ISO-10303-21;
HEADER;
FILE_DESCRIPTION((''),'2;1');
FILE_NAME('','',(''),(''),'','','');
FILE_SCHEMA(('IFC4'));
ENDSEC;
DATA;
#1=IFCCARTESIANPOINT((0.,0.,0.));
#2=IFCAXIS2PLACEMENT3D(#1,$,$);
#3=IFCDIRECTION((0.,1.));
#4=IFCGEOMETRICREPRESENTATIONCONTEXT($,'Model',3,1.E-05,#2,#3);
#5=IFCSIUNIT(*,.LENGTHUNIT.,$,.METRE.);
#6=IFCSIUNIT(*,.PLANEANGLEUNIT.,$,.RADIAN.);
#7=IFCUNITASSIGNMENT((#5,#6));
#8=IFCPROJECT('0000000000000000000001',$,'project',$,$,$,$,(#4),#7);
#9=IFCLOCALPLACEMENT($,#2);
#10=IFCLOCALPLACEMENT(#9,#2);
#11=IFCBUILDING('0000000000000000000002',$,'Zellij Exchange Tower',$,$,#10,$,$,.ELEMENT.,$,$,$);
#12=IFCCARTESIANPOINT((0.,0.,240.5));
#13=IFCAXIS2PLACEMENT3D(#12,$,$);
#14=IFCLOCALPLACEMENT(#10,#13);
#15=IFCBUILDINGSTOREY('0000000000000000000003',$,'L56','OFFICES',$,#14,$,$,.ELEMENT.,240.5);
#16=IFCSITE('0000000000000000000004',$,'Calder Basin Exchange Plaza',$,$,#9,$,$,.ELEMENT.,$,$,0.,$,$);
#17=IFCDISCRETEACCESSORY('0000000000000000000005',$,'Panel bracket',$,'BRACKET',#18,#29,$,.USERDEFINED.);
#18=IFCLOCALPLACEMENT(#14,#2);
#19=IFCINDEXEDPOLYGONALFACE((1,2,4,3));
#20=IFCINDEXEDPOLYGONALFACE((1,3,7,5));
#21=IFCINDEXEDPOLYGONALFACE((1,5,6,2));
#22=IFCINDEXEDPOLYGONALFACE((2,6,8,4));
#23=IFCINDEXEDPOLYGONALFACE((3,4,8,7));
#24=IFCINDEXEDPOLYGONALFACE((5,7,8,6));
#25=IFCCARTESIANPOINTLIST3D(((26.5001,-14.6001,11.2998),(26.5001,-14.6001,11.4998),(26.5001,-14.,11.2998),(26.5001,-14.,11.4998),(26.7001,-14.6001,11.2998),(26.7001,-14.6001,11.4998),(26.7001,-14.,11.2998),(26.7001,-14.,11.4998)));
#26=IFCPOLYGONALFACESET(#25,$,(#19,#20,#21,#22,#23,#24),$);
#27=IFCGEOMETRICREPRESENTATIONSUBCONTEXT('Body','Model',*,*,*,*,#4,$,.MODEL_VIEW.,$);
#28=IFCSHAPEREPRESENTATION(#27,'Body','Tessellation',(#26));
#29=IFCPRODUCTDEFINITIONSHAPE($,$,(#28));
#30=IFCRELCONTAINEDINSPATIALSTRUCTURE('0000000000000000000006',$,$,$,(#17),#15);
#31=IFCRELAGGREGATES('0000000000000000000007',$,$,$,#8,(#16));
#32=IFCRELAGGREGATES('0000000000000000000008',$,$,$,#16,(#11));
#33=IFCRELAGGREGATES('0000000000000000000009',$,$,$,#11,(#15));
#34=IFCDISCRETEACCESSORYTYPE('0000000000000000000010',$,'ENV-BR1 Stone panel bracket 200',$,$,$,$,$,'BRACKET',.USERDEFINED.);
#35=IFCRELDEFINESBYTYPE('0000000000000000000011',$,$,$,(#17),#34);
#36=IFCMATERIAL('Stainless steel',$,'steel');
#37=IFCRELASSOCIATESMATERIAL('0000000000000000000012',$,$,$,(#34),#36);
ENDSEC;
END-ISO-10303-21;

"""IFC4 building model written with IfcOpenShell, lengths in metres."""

from ifc_helpers import new_model, si_unit, direction, frame, origin, origin_2d, place, context, subcontext, project, spatial, rectangle, extrude, material, type_object, element, save


model = new_model("IFC4")

# Units and contexts
model_context = context("Model", 3, precision=1e-05, world=origin(), true_north=direction((0.0, 1.0)))
body_context = subcontext(model_context, "Body", "Model", "MODEL_VIEW")
ifc_project = project(units=[si_unit("LENGTHUNIT", "METRE"), si_unit("PLANEANGLEUNIT", "RADIAN")], contexts=[model_context])

# Site, building, storey
site_placement = place(None, origin())
site = spatial("IfcSite", under=ifc_project, at=site_placement, Name="Calder Basin Exchange Plaza", CompositionType="ELEMENT", RefElevation=0.0)
building_placement = place(site_placement, origin())
building = spatial("IfcBuilding", under=site, at=building_placement, Name="Zellij Exchange Tower", CompositionType="ELEMENT")
storey_placement = place(building_placement, frame((0.0, 0.0, 240.5)))
storey = spatial("IfcBuildingStorey", under=building, at=storey_placement, Name="L56", Description="OFFICES", CompositionType="ELEMENT", Elevation=240.5)

# Discrete accessory
ifc_material_1 = material(Name="Stainless steel", Category="steel")
discrete_accessory_type = type_object("IfcDiscreteAccessoryType", Name="ENV-BR1 Stone panel bracket 200", ElementType="BRACKET", PredefinedType="USERDEFINED", material=ifc_material_1)
discrete_accessory_placement = place(storey_placement, frame((26.6001, -14.3, 11.2998), z_axis=(0.0, 0.0, 1.0), x_axis=(1.0, 0.0, 0.0)))
element("IfcDiscreteAccessory", 1, at=discrete_accessory_placement, inside=storey, type_object=discrete_accessory_type, Name="Panel bracket", ObjectType="BRACKET", PredefinedType="USERDEFINED", context=body_context, shape_type="SweptSolid", body=[
    extrude(rectangle(XDim=0.2, YDim=0.6001, at=origin_2d()), origin(), (0.0, 0.0, 1.0), 0.2),
])

save(model, "model.ifc")
